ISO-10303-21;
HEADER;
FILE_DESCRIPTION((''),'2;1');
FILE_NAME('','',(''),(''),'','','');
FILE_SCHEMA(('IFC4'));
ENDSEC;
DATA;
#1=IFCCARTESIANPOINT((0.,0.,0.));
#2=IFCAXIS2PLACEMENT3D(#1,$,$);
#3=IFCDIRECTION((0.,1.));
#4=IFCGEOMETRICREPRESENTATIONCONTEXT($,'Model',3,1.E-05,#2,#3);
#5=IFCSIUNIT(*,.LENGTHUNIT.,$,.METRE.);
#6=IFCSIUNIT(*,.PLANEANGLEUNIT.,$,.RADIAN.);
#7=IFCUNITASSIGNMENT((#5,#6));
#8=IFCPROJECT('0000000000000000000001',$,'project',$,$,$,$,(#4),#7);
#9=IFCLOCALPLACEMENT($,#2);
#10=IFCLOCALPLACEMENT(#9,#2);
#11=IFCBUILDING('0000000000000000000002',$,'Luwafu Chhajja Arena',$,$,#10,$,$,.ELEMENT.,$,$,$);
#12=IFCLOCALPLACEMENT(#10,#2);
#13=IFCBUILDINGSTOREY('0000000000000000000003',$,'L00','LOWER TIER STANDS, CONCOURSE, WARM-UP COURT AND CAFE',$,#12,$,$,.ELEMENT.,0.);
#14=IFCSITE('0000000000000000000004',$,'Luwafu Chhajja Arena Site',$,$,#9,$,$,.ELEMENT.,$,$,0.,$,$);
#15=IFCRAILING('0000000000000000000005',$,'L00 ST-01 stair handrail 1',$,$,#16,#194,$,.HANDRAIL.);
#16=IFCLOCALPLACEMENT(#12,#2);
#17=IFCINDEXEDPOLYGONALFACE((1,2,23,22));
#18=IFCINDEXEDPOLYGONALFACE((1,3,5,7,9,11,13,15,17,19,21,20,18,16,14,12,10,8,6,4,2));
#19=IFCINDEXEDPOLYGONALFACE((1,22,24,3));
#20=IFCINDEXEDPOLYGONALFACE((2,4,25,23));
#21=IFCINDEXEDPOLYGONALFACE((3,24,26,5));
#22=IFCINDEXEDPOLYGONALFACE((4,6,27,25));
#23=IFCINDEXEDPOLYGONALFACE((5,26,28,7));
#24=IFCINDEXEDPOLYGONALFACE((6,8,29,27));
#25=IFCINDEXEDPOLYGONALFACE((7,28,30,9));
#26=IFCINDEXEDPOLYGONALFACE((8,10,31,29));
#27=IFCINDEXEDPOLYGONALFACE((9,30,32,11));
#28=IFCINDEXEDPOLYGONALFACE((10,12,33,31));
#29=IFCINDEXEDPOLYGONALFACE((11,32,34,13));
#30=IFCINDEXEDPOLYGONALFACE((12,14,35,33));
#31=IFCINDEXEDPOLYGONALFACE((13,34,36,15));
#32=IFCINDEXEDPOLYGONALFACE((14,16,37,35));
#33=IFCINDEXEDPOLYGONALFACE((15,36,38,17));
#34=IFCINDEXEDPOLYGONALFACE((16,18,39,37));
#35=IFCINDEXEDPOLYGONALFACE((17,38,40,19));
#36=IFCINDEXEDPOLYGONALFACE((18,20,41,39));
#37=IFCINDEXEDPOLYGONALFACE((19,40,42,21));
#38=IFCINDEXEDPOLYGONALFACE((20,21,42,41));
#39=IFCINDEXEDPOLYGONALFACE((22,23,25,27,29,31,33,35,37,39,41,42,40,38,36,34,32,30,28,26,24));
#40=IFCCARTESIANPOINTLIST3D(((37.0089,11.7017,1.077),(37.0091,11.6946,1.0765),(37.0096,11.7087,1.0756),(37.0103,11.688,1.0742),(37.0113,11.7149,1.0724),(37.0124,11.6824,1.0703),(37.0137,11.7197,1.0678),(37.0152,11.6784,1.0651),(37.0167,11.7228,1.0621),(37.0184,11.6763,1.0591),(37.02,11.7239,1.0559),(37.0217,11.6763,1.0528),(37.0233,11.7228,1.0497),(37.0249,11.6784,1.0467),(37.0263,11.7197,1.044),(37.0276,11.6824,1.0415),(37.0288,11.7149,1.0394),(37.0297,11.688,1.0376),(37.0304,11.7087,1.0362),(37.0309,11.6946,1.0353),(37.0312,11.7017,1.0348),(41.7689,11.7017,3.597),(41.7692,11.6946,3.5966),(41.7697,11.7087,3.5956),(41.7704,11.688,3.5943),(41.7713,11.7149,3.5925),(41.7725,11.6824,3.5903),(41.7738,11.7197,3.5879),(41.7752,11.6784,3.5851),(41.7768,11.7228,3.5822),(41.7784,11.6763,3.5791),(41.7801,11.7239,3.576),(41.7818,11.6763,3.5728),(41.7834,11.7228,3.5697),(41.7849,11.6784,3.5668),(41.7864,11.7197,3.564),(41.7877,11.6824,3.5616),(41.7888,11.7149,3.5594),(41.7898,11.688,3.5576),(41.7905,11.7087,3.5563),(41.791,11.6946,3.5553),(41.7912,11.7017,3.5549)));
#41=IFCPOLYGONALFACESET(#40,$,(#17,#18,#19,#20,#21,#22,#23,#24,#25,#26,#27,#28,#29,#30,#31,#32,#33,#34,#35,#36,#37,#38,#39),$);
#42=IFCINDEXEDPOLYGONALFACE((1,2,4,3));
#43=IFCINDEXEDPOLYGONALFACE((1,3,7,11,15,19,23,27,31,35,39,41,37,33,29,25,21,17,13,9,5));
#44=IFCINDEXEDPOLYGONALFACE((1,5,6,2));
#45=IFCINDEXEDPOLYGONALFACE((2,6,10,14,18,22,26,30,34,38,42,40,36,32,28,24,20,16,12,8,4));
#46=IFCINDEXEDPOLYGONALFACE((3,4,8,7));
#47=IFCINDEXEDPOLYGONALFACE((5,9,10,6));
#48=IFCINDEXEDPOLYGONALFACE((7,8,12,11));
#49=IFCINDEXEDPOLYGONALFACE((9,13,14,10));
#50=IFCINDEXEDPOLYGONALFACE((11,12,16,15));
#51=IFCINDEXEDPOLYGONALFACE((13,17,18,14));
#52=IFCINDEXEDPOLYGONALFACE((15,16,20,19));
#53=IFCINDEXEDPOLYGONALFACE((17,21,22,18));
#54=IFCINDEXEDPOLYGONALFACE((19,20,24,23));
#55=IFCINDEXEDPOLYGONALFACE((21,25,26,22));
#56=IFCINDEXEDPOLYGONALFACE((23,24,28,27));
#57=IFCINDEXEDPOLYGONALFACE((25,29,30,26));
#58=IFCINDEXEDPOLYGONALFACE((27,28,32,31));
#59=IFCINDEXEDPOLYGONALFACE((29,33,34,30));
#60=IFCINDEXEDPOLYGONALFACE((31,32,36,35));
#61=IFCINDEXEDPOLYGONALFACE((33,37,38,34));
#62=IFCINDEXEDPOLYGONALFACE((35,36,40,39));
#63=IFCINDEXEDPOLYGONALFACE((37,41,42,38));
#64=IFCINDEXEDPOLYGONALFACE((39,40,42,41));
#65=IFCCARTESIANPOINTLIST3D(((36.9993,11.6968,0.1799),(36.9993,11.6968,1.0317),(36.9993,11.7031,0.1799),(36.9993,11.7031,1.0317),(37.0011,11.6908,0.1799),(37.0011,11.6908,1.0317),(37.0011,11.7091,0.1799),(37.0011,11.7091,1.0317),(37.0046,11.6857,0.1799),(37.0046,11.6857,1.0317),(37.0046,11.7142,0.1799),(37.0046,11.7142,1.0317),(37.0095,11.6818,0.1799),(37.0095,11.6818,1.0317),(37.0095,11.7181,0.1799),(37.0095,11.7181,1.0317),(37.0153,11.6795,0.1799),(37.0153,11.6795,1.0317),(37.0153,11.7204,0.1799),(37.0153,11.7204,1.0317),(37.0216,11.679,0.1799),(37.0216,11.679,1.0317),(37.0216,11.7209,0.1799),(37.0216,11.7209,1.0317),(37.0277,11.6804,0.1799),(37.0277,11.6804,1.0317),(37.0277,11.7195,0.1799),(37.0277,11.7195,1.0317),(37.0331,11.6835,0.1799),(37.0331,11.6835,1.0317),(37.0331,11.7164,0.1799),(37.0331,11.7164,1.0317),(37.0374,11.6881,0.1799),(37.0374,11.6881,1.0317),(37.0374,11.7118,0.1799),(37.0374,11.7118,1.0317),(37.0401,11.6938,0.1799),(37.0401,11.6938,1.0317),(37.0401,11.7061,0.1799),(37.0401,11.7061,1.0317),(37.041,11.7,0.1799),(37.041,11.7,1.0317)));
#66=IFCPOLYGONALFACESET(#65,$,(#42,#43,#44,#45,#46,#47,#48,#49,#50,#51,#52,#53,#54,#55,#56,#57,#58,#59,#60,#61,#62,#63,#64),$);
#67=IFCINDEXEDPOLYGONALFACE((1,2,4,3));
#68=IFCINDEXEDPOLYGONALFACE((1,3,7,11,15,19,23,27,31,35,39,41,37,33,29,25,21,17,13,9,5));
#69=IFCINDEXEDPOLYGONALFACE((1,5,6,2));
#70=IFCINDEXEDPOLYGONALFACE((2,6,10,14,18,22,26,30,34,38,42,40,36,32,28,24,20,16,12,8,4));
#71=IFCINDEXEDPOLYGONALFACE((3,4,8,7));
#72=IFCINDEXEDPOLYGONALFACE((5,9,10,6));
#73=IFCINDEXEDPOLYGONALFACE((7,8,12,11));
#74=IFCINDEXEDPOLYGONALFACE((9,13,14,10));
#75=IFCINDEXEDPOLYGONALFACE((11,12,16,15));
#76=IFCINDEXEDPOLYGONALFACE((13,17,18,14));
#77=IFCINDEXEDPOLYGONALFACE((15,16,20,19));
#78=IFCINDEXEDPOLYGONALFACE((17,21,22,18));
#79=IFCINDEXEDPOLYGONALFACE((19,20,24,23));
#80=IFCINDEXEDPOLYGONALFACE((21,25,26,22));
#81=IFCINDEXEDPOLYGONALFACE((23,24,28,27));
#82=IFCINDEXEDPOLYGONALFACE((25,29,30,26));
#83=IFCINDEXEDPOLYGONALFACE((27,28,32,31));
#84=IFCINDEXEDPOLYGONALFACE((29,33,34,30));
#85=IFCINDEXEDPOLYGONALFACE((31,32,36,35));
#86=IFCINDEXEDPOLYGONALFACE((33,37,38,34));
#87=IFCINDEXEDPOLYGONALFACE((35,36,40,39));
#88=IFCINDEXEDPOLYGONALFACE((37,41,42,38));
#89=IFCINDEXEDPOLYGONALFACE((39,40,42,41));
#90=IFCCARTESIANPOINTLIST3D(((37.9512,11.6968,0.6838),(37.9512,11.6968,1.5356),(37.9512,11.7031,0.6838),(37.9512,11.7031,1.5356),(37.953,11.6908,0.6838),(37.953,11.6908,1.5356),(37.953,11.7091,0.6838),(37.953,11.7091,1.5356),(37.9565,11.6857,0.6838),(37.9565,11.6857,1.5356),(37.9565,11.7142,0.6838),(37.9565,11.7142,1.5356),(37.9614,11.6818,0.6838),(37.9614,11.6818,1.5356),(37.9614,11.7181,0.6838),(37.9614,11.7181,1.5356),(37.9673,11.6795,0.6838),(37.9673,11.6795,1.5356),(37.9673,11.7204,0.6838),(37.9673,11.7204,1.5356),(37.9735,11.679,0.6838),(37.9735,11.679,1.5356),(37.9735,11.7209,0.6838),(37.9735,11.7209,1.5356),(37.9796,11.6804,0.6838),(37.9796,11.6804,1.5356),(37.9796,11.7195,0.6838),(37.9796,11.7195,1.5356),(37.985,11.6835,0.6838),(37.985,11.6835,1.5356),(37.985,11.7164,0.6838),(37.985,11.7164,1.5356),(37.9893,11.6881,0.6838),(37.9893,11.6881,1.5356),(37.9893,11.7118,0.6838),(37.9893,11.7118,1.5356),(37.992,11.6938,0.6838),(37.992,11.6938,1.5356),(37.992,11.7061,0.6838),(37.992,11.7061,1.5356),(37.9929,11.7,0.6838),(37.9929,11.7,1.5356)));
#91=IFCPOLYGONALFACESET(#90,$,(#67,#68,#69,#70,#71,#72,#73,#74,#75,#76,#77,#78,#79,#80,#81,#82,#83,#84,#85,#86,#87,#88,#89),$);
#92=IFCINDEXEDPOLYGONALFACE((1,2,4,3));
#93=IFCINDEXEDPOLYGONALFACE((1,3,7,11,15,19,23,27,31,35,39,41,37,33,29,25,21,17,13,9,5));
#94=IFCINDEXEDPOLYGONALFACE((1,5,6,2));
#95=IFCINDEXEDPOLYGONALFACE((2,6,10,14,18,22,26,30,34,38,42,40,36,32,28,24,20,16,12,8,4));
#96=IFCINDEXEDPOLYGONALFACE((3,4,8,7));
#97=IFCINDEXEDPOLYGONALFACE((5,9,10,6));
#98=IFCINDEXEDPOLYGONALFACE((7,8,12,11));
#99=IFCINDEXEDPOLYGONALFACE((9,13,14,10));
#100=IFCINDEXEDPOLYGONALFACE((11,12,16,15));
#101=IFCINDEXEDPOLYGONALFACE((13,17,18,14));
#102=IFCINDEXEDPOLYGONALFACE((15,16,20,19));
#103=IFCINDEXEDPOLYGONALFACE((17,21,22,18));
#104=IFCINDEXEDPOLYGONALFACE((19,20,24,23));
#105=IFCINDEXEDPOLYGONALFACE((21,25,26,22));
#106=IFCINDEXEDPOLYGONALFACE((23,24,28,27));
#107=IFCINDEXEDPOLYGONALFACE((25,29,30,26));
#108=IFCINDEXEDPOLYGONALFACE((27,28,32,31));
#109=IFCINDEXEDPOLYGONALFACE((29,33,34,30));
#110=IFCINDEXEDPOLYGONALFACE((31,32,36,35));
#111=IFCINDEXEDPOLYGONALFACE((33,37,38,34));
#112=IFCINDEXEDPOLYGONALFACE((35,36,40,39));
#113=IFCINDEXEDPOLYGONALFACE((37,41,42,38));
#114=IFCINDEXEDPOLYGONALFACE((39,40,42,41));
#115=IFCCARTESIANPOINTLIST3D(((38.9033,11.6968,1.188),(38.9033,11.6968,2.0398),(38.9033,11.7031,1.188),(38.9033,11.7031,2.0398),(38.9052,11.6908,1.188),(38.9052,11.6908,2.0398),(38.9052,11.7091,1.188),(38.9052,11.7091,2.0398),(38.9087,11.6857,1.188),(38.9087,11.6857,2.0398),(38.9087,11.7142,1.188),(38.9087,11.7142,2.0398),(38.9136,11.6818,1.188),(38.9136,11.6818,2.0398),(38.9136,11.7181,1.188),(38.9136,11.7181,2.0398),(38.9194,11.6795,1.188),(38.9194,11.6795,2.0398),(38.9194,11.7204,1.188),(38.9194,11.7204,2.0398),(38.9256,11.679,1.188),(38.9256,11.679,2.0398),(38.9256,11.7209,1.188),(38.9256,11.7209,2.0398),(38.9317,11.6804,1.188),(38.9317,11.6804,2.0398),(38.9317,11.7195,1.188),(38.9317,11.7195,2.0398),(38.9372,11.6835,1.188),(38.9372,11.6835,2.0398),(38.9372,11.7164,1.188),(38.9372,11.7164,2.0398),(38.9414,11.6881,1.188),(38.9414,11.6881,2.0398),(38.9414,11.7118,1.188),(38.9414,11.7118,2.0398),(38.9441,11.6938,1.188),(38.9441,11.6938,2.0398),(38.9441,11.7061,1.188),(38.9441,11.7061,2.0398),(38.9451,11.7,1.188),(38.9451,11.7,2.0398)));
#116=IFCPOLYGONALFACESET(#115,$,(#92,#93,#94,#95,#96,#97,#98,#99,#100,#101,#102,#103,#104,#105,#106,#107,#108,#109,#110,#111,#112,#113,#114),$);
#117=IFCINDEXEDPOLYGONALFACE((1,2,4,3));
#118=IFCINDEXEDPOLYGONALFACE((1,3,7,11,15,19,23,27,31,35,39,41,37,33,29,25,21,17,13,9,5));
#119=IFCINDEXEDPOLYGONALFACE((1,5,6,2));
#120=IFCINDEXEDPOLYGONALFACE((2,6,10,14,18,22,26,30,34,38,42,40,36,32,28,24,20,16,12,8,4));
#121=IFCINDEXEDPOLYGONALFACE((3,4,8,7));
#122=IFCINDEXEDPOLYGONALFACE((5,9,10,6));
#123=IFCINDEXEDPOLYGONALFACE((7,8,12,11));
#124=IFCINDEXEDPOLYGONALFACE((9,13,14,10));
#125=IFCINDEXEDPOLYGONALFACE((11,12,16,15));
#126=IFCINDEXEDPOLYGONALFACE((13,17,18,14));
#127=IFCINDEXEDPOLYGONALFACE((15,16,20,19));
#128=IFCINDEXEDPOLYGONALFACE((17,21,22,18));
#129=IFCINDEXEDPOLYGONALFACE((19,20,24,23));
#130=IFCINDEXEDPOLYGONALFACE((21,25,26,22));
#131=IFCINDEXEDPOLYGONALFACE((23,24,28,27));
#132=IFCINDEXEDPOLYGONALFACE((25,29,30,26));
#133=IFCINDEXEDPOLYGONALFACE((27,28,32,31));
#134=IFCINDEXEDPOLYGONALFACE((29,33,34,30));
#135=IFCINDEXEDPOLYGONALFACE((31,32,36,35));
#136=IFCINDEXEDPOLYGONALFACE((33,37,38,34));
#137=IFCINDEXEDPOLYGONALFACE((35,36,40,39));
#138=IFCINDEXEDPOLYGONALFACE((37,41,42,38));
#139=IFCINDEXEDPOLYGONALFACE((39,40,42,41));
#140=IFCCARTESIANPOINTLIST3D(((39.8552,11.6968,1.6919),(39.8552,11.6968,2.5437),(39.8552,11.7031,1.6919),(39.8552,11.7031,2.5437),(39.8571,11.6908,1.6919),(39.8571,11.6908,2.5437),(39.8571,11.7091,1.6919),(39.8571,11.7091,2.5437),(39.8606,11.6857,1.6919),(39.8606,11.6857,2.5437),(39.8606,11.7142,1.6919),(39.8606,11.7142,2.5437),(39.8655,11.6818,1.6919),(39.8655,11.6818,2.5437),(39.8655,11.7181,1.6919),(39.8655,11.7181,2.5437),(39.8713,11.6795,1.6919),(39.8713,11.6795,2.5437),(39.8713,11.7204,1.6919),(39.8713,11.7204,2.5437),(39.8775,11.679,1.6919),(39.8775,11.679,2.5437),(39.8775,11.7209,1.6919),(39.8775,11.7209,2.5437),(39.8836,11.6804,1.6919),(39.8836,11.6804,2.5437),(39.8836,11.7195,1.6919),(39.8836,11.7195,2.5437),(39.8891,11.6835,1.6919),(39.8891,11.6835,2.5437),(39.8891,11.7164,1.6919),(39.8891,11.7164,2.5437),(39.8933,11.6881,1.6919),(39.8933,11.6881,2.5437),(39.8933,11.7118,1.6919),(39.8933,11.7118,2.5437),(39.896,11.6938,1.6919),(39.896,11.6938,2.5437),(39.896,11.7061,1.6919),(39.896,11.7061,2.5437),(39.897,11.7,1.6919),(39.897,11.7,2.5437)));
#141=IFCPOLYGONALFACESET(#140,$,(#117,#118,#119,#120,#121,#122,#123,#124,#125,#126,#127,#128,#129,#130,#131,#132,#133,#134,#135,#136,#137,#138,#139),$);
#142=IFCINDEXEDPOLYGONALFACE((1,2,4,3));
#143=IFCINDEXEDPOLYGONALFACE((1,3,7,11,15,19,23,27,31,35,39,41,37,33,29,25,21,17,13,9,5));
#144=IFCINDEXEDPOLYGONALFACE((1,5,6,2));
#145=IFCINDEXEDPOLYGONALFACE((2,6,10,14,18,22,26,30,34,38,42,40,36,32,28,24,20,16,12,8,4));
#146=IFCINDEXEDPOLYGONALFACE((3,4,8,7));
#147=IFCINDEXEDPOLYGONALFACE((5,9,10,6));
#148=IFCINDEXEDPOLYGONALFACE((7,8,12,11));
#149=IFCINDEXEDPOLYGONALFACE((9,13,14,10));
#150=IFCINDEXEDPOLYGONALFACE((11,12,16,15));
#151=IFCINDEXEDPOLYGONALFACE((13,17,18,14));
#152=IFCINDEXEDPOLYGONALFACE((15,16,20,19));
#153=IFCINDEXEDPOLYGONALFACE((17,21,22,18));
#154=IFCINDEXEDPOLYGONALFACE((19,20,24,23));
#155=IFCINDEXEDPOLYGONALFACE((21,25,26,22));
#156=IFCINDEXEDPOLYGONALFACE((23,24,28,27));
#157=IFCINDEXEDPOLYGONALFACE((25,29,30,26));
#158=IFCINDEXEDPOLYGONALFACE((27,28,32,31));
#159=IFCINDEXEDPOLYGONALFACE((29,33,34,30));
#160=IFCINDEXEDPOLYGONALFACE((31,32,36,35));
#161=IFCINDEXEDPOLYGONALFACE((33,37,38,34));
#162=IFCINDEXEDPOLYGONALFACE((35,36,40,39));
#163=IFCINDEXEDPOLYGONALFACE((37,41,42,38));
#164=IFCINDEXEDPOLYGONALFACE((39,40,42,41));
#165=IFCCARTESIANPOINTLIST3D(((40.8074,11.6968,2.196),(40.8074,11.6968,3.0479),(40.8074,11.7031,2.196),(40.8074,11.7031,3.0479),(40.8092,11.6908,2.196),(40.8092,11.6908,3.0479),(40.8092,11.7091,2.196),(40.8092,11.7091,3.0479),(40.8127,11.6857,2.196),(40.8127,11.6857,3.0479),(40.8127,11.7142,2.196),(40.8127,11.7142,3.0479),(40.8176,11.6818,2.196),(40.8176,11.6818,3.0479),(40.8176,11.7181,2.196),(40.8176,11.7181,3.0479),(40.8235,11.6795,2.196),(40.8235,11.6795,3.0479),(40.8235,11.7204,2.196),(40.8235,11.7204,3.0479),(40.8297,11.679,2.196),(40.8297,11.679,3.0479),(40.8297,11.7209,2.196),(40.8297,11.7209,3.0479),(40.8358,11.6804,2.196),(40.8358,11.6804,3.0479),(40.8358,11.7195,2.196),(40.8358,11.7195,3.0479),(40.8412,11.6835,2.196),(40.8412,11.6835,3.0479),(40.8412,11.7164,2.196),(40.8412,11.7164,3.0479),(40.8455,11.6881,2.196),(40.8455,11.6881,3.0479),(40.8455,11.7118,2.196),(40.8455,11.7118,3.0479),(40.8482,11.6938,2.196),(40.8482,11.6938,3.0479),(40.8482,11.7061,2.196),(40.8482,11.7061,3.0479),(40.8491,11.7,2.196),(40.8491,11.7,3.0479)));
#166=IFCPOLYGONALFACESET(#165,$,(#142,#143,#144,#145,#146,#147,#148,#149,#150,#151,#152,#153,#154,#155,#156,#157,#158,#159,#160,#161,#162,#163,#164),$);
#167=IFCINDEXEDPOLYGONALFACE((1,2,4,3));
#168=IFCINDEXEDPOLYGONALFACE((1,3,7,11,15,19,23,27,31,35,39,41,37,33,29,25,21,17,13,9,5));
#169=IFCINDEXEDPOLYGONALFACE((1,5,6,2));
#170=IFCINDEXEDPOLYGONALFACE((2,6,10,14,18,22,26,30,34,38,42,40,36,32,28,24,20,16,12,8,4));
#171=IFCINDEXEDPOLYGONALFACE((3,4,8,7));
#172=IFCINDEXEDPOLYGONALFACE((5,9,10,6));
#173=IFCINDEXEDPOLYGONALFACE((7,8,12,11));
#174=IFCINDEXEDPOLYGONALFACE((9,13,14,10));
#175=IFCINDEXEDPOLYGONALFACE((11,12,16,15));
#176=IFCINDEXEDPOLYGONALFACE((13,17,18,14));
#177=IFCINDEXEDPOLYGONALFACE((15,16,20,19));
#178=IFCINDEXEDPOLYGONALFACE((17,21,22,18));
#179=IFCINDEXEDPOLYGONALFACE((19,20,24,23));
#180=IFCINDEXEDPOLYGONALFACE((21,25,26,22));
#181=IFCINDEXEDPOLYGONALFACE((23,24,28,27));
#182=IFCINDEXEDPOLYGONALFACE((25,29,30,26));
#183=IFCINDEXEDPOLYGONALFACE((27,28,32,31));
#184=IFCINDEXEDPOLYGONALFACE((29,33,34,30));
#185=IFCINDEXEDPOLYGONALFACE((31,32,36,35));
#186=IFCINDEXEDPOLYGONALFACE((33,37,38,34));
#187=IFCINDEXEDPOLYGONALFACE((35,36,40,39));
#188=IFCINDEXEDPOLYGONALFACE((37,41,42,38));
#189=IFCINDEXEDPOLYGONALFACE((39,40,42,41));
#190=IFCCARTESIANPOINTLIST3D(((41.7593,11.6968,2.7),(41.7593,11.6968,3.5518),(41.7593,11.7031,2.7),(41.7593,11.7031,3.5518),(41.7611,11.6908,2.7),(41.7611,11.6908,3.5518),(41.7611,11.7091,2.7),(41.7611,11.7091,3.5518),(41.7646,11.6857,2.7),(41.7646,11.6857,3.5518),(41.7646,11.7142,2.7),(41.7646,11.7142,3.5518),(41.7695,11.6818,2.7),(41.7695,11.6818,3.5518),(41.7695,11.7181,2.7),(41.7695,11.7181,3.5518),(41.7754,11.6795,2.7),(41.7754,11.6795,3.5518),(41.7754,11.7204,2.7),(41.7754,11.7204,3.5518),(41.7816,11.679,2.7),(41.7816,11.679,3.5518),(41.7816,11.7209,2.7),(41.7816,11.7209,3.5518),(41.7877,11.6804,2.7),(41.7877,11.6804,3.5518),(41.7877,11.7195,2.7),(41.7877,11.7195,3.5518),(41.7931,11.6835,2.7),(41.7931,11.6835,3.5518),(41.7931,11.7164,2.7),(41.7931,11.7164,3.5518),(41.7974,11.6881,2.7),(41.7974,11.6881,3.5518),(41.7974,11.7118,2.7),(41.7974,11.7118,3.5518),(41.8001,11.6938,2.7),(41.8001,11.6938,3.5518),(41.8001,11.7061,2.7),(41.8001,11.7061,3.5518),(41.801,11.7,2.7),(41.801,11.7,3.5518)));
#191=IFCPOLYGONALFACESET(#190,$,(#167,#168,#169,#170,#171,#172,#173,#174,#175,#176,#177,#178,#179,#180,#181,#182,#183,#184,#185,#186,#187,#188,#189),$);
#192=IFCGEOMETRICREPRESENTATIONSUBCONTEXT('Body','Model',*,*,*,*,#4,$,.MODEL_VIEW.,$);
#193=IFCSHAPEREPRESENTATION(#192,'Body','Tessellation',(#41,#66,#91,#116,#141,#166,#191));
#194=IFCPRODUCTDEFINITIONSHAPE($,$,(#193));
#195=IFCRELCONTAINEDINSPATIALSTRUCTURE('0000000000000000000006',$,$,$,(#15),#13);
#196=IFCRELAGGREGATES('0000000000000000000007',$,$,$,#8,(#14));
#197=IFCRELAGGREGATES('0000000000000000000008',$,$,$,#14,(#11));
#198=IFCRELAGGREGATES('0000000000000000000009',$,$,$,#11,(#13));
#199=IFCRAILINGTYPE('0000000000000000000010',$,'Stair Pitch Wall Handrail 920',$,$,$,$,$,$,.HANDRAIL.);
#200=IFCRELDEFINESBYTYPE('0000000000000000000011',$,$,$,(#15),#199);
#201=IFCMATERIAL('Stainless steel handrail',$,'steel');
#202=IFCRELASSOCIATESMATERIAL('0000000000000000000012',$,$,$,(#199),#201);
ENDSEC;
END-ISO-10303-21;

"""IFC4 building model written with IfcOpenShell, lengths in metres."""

from ifc_helpers import new_model, si_unit, direction, frame, origin, origin_2d, place, context, subcontext, project, spatial, circle, extrude, material, type_object, element, save


model = new_model("IFC4")

# Units and contexts
model_context = context("Model", 3, precision=1e-05, world=origin(), true_north=direction((0.0, 1.0)))
body_context = subcontext(model_context, "Body", "Model", "MODEL_VIEW")
ifc_project = project(units=[si_unit("LENGTHUNIT", "METRE"), si_unit("PLANEANGLEUNIT", "RADIAN")], contexts=[model_context])

# Site, building, storey
site_placement = place(None, origin())
site = spatial("IfcSite", under=ifc_project, at=site_placement, Name="Luwafu Chhajja Arena Site", CompositionType="ELEMENT", RefElevation=0.0)
building_placement = place(site_placement, origin())
building = spatial("IfcBuilding", under=site, at=building_placement, Name="Luwafu Chhajja Arena", CompositionType="ELEMENT")
storey_placement = place(building_placement, origin())
storey = spatial("IfcBuildingStorey", under=building, at=storey_placement, Name="L00", Description="LOWER TIER STANDS, CONCOURSE, WARM-UP COURT AND CAFE", CompositionType="ELEMENT", Elevation=0.0)

# Railing
ifc_material_1 = material(Name="Stainless steel handrail", Category="steel")
railing_type_1 = type_object("IfcRailingType", Name="Stair Pitch Wall Handrail 920", PredefinedType="HANDRAIL", material=ifc_material_1)
railing_1_placement = place(storey_placement, frame((37.02, 11.7, 0.1799)))
element("IfcRailing", 1, at=railing_1_placement, inside=storey, type_object=railing_type_1, Name="L00 ST-01 stair handrail 1", PredefinedType="HANDRAIL", context=body_context, shape_type="SweptSolid", body=[
    extrude(circle(Radius=0.0239, at=origin_2d()), frame((0.0, 0.0, 0.876), z_axis=(0.883787, 0.0, 0.46789), x_axis=(0.0, 1.0, 0.0)), (0.0, 0.0, 1.0), 5.386),
    extrude(circle(Radius=0.021, at=origin_2d()), origin(), (0.0, 0.0, 1.0), 0.8518),
    extrude(circle(Radius=0.021, at=origin_2d()), frame((0.9519, 0.0, 0.5039)), (0.0, 0.0, 1.0), 0.8518),
    extrude(circle(Radius=0.021, at=origin_2d()), frame((1.9041, 0.0, 1.0081)), (0.0, 0.0, 1.0), 0.8518),
    extrude(circle(Radius=0.021, at=origin_2d()), frame((2.856, 0.0, 1.512)), (0.0, 0.0, 1.0), 0.8518),
    extrude(circle(Radius=0.021, at=origin_2d()), frame((3.8081, 0.0, 2.0161)), (0.0, 0.0, 1.0), 0.8518),
    extrude(circle(Radius=0.021, at=origin_2d()), frame((4.76, 0.0, 2.52)), (0.0, 0.0, 1.0), 0.8518),
])

save(model, "model.ifc")
